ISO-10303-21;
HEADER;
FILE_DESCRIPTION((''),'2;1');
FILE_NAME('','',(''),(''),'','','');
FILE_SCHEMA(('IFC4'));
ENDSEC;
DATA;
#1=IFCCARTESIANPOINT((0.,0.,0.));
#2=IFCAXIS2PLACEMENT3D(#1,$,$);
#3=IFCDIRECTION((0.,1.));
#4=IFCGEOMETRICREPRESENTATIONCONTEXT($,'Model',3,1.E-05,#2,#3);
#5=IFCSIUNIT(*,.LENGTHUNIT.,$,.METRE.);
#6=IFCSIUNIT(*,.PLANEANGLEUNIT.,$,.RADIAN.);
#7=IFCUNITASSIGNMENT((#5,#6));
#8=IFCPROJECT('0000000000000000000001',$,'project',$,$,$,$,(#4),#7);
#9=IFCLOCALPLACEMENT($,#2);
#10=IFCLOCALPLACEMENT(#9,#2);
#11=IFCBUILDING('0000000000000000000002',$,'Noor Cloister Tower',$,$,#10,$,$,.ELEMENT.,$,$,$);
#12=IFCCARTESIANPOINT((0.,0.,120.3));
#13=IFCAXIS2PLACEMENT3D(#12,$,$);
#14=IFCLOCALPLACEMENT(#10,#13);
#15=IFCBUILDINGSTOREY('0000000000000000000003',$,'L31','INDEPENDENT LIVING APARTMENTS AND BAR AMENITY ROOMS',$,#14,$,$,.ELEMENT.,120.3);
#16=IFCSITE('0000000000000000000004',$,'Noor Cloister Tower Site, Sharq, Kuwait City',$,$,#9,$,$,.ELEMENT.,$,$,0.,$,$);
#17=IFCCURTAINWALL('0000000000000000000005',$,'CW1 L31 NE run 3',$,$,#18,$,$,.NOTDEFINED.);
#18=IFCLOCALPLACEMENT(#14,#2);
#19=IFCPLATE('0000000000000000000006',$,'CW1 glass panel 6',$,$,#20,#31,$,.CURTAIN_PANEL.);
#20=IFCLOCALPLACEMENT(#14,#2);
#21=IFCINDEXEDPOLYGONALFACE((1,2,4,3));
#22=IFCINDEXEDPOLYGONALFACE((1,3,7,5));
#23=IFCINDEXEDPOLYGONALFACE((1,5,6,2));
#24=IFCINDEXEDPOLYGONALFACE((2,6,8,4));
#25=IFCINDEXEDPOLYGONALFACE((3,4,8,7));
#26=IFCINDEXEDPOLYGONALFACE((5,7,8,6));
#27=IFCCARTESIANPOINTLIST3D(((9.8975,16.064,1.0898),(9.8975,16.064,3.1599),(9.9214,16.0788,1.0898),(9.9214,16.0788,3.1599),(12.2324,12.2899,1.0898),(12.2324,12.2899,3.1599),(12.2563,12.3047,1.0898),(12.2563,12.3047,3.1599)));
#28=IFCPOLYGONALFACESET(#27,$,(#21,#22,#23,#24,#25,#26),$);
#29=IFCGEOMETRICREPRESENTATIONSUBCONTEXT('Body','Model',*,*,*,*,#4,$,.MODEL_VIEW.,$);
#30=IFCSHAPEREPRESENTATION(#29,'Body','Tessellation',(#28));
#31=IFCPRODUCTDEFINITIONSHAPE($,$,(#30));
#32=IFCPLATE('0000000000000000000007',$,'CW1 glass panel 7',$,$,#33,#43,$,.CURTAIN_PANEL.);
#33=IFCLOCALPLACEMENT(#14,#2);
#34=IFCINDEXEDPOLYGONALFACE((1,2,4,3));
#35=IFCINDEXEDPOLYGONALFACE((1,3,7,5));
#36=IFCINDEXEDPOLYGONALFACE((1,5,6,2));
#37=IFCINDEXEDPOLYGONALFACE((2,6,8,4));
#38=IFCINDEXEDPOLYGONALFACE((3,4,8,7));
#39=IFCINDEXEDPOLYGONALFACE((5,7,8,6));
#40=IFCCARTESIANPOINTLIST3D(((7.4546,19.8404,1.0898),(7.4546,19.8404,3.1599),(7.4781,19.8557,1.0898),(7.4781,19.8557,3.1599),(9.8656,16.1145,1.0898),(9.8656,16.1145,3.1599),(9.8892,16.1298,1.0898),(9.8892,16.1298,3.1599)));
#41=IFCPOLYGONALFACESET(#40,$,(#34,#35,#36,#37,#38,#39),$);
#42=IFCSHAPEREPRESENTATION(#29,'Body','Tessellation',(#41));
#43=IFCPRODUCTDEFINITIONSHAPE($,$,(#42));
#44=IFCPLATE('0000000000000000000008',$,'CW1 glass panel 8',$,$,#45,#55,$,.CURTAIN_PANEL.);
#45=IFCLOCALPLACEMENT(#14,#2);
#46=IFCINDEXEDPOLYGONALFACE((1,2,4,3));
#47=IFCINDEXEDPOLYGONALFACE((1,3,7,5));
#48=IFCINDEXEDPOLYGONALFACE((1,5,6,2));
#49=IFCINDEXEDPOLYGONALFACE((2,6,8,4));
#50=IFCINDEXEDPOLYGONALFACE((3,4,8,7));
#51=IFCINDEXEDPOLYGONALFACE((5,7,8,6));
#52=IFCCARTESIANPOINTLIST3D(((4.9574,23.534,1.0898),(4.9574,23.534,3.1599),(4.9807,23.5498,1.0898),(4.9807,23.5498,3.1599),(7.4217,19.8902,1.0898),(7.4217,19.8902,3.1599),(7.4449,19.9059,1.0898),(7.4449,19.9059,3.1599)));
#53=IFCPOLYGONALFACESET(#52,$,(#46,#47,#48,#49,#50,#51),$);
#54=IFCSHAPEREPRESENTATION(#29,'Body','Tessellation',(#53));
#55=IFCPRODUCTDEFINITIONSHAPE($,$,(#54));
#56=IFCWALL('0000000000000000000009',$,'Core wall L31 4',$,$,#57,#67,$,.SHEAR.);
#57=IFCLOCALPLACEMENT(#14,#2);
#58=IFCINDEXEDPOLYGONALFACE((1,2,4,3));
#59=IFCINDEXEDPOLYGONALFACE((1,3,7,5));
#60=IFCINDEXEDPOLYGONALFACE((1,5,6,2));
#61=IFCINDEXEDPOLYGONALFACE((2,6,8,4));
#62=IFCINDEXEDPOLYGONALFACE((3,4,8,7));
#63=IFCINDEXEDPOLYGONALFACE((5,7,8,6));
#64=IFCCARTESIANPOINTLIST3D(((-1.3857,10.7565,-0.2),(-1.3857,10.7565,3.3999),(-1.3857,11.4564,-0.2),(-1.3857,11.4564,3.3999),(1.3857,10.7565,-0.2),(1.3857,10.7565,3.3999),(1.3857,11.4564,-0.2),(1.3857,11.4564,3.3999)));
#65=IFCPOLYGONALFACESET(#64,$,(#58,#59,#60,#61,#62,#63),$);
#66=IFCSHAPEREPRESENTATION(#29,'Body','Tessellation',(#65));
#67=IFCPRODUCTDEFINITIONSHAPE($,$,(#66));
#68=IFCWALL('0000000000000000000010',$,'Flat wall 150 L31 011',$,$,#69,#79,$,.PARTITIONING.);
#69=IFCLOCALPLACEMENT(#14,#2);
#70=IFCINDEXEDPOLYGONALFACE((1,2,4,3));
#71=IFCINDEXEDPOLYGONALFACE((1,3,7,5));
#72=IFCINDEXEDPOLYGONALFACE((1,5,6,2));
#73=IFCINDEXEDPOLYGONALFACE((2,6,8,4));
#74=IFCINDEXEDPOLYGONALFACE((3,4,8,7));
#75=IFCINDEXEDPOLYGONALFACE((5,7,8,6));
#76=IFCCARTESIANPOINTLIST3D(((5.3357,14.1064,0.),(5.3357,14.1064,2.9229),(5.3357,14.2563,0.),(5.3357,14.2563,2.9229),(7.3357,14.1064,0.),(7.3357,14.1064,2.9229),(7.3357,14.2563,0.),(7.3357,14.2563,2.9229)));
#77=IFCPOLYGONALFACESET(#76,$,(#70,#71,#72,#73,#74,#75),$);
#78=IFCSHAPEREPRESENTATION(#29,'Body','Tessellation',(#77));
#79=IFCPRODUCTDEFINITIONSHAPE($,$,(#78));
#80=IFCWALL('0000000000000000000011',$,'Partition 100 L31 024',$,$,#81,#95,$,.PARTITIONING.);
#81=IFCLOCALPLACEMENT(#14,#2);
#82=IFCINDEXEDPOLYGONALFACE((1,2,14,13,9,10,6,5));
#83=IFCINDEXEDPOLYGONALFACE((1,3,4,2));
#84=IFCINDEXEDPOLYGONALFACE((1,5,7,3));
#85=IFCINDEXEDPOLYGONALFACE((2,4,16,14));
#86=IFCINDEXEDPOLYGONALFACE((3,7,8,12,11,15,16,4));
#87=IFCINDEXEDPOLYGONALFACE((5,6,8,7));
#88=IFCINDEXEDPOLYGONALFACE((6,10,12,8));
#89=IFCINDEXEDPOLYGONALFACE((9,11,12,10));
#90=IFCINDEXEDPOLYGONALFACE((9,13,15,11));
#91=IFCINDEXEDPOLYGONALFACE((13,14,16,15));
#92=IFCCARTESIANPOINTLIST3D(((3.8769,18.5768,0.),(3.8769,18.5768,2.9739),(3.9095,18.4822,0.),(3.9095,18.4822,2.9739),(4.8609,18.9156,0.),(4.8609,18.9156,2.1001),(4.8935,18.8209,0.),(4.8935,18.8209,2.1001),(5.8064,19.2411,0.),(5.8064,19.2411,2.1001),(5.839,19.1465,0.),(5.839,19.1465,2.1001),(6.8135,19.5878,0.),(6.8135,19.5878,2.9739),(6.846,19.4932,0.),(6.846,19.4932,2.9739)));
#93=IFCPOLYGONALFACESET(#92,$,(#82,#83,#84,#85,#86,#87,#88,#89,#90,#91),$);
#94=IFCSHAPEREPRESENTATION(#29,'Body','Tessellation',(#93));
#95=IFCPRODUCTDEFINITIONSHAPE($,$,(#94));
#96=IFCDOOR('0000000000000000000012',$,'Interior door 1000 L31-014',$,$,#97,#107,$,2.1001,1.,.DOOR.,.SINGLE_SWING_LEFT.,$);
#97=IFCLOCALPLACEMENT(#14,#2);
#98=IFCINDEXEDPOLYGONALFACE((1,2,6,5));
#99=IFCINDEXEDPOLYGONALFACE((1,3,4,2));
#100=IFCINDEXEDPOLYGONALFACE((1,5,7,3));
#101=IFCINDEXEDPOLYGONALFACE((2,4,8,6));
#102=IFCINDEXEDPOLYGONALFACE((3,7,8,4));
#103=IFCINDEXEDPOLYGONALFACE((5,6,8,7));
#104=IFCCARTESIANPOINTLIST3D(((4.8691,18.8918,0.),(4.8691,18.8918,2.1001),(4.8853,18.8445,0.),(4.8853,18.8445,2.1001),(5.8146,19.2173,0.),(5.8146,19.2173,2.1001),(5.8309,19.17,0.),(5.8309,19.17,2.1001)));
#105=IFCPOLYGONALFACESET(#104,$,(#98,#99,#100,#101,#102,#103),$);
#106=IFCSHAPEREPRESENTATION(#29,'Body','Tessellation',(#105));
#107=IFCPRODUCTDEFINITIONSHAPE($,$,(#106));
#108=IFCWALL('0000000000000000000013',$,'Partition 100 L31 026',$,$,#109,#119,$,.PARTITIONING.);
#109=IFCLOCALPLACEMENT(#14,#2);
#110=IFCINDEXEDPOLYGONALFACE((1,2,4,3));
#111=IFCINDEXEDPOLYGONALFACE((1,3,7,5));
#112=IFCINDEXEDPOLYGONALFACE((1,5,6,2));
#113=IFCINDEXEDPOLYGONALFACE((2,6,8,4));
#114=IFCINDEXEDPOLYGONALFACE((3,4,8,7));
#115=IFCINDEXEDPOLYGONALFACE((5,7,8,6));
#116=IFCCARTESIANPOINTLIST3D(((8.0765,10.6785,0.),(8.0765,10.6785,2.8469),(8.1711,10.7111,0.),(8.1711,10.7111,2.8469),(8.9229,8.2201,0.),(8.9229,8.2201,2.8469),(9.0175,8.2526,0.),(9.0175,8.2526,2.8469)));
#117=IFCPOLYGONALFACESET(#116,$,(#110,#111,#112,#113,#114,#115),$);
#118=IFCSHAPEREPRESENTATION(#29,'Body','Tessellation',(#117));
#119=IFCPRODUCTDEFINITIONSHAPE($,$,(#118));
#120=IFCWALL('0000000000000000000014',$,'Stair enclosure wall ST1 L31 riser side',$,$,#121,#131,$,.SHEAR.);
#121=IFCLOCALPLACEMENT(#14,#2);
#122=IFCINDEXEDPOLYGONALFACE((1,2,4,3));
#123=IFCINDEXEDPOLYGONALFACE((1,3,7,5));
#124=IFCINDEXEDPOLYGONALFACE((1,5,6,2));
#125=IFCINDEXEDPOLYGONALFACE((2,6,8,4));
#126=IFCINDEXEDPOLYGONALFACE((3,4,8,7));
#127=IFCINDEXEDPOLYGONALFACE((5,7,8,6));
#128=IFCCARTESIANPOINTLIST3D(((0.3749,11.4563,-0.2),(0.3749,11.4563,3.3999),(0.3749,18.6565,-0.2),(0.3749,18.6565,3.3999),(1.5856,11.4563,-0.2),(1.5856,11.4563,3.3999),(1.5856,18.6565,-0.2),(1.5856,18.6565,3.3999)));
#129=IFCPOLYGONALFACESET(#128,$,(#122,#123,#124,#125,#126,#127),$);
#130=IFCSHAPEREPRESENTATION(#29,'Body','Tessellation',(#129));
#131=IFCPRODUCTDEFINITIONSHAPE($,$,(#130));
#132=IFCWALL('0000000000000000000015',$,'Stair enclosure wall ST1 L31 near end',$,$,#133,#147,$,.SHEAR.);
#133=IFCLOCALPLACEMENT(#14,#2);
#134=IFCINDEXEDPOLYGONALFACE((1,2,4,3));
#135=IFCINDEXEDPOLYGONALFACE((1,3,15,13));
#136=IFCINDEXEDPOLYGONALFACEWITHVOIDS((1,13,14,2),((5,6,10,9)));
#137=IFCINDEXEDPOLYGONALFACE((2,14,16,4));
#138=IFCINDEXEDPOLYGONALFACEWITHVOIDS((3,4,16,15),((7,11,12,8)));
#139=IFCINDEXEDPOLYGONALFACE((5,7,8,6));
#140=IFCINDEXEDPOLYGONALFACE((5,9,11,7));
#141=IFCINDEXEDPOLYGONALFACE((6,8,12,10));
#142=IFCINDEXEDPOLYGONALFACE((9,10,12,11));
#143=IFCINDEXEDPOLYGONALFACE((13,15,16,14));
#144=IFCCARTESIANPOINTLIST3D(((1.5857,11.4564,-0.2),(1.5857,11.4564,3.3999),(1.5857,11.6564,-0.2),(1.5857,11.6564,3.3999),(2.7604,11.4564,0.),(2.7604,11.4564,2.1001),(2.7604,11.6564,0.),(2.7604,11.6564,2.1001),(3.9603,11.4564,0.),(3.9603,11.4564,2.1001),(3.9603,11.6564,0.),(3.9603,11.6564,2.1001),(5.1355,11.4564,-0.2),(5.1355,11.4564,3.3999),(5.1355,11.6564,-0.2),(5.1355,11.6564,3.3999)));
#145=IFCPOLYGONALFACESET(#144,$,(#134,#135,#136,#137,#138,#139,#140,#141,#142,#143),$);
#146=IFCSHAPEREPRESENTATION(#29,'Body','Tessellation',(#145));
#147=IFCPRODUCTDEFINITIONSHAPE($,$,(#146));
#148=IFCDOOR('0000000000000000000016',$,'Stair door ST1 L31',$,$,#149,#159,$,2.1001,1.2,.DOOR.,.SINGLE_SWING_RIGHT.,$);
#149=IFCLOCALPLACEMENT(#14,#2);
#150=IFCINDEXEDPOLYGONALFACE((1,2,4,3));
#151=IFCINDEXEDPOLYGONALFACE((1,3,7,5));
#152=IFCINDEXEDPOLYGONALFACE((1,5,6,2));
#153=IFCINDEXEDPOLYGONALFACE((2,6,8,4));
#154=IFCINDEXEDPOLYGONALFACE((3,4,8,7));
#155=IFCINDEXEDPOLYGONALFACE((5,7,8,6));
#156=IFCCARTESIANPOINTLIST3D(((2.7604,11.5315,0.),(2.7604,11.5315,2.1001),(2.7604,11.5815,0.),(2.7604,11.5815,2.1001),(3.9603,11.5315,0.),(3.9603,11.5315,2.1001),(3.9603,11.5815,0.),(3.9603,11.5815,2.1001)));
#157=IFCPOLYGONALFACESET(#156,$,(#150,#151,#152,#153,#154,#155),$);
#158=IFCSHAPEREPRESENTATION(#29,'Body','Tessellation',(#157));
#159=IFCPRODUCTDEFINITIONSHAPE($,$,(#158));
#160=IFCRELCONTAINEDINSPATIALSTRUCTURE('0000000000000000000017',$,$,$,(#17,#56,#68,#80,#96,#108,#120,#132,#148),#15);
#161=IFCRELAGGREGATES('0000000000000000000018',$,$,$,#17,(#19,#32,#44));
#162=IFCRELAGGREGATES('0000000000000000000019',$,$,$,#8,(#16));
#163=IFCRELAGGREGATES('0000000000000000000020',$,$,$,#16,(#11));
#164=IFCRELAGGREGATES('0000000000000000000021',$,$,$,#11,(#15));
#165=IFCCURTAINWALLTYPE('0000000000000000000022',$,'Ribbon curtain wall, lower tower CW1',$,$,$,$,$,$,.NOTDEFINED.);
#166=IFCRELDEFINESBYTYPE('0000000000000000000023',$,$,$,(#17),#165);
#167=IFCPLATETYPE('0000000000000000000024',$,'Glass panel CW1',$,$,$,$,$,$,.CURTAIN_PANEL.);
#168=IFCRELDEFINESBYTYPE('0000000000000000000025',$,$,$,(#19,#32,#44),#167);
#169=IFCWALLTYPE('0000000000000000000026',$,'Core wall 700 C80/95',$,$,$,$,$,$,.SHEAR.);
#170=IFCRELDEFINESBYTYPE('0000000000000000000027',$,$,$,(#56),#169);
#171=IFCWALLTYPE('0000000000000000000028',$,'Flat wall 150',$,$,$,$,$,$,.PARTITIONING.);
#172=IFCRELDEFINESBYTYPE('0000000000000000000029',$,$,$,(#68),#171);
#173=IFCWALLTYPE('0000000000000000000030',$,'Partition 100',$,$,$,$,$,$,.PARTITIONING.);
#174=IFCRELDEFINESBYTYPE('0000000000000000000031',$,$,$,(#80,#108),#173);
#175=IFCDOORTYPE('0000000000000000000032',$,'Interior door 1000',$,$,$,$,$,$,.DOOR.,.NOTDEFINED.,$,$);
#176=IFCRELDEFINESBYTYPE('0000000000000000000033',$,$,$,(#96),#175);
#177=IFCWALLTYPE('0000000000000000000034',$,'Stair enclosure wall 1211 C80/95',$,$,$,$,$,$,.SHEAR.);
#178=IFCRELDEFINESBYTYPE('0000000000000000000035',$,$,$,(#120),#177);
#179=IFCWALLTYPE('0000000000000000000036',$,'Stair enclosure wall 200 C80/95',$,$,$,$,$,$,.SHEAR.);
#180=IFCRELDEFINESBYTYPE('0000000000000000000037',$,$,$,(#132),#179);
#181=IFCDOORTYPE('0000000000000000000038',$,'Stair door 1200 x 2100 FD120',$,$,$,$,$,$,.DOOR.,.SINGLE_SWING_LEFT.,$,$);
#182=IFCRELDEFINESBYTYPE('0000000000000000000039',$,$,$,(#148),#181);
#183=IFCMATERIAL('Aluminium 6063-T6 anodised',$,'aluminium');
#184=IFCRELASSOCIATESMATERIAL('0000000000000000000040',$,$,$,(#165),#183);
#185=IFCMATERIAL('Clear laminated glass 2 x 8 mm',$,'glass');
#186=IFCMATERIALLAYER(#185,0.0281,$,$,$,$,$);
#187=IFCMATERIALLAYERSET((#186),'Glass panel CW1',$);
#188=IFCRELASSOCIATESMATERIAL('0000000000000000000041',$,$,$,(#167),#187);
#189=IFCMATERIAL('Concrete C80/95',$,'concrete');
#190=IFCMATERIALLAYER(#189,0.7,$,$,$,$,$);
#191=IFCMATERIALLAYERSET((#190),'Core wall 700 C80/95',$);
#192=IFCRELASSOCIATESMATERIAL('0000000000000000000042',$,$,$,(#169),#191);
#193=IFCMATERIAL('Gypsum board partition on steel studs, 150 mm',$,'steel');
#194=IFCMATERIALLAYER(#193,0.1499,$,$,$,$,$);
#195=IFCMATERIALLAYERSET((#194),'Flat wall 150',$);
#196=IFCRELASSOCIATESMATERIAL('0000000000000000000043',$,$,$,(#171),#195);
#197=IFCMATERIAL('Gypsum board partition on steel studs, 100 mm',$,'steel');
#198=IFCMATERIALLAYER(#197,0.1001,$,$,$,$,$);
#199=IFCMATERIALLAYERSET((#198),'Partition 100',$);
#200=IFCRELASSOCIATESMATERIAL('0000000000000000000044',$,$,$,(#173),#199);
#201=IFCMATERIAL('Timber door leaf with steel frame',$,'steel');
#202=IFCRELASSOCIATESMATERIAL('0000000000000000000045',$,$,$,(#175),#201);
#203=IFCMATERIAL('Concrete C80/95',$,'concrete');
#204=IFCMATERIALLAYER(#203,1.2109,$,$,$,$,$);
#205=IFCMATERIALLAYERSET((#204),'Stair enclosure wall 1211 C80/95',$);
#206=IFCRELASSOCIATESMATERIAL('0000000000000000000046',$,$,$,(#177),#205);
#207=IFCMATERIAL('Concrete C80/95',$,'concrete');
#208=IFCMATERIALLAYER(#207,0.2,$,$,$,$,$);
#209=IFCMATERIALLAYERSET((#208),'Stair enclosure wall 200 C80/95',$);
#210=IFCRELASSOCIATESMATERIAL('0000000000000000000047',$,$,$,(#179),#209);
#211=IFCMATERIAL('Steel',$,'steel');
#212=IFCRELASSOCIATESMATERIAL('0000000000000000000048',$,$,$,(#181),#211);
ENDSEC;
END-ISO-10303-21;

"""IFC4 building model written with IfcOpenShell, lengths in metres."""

from ifc_helpers import new_model, si_unit, direction, frame, frame_2d, origin, origin_2d, place, context, subcontext, project, spatial, rectangle, extrude, material, layer, layer_set, type_object, element, fill, aggregate, save


model = new_model("IFC4")

# Units and contexts
model_context = context("Model", 3, precision=1e-05, world=origin(), true_north=direction((0.0, 1.0)))
body_context = subcontext(model_context, "Body", "Model", "MODEL_VIEW")
ifc_project = project(units=[si_unit("LENGTHUNIT", "METRE"), si_unit("PLANEANGLEUNIT", "RADIAN")], contexts=[model_context])

# Site, building, storey
site_placement = place(None, origin())
site = spatial("IfcSite", under=ifc_project, at=site_placement, Name="Noor Cloister Tower Site, Sharq, Kuwait City", CompositionType="ELEMENT", RefElevation=0.0)
building_placement = place(site_placement, origin())
building = spatial("IfcBuilding", under=site, at=building_placement, Name="Noor Cloister Tower", CompositionType="ELEMENT")
storey_placement = place(building_placement, frame((0.0, 0.0, 120.3)))
storey = spatial("IfcBuildingStorey", under=building, at=storey_placement, Name="L31", Description="INDEPENDENT LIVING APARTMENTS AND BAR AMENITY ROOMS", CompositionType="ELEMENT", Elevation=120.3)

# Curtain wall
ifc_material_1 = material(Name="Aluminium 6063-T6 anodised", Category="aluminium")
curtain_wall_type = type_object("IfcCurtainWallType", Name="Ribbon curtain wall, lower tower CW1", PredefinedType="NOTDEFINED", material=ifc_material_1)
curtain_wall_placement = place(storey_placement, origin())
curtain_wall = element("IfcCurtainWall", 1, at=curtain_wall_placement, inside=storey, type_object=curtain_wall_type, Name="CW1 L31 NE run 3", PredefinedType="NOTDEFINED")

# Plates
ifc_material_2 = material(Name="Clear laminated glass 2 x 8 mm", Category="glass")
ifc_layer_1 = layer(ifc_material_2, 0.0281)
ifc_layer_set_1 = layer_set([ifc_layer_1], Name="Glass panel CW1")
plate_type = type_object("IfcPlateType", Name="Glass panel CW1", PredefinedType="CURTAIN_PANEL", material=ifc_layer_set_1)
plate_1_placement = place(storey_placement, frame((11.0769, 14.1843, 1.0898), z_axis=(0.0, 0.0, 1.0), x_axis=(-0.526128, 0.850405, 0.0)))
plate_1 = element("IfcPlate", 2, at=plate_1_placement, type_object=plate_type, Name="CW1 glass panel 6", PredefinedType="CURTAIN_PANEL", context=body_context, shape_type="SweptSolid", body=[
    extrude(rectangle(XDim=4.438, YDim=0.0281, at=origin_2d()), origin(), (0.0, 0.0, 1.0), 2.0701),
])
plate_2_placement = place(storey_placement, frame((8.6719, 17.9851, 1.0898), z_axis=(0.0, 0.0, 1.0), x_axis=(-0.543277, 0.839553, 0.0)))
plate_2 = element("IfcPlate", 3, at=plate_2_placement, type_object=plate_type, Name="CW1 glass panel 7", PredefinedType="CURTAIN_PANEL", context=body_context, shape_type="SweptSolid", body=[
    extrude(rectangle(XDim=4.438, YDim=0.0281, at=origin_2d()), origin(), (0.0, 0.0, 1.0), 2.0701),
])
plate_3_placement = place(storey_placement, frame((6.2012, 21.72, 1.0898), z_axis=(0.0, 0.0, 1.0), x_axis=(-0.560203, 0.828356, 0.0)))
plate_3 = element("IfcPlate", 4, at=plate_3_placement, type_object=plate_type, Name="CW1 glass panel 8", PredefinedType="CURTAIN_PANEL", context=body_context, shape_type="SweptSolid", body=[
    extrude(rectangle(XDim=4.3989, YDim=0.0281, at=origin_2d()), origin(), (0.0, 0.0, 1.0), 2.0701),
])
aggregate(curtain_wall, [plate_1, plate_2, plate_3])

# Walls
ifc_material_3 = material(Name="Concrete C80/95", Category="concrete")
ifc_layer_2 = layer(ifc_material_3, 0.7)
ifc_layer_set_2 = layer_set([ifc_layer_2], Name="Core wall 700 C80/95")
wall_type_1 = type_object("IfcWallType", Name="Core wall 700 C80/95", PredefinedType="SHEAR", material=ifc_layer_set_2)
wall_1_placement = place(storey_placement, frame((1.3857, 11.1064, -0.2), z_axis=(0.0, 0.0, 1.0), x_axis=(-1.0, 0.0, 0.0)))
element("IfcWall", 5, at=wall_1_placement, inside=storey, type_object=wall_type_1, Name="Core wall L31 4", PredefinedType="SHEAR", context=body_context, shape_type="SweptSolid", body=[
    extrude(rectangle(XDim=2.7715, YDim=0.7, at=frame_2d((1.3857, 0.0))), origin(), (0.0, 0.0, 1.0), 3.5999),
])
ifc_material_4 = material(Name="Gypsum board partition on steel studs, 150 mm", Category="steel")
ifc_layer_3 = layer(ifc_material_4, 0.1499)
ifc_layer_set_3 = layer_set([ifc_layer_3], Name="Flat wall 150")
wall_type_2 = type_object("IfcWallType", Name="Flat wall 150", PredefinedType="PARTITIONING", material=ifc_layer_set_3)
wall_2_placement = place(storey_placement, frame((5.3357, 14.1814, 0.0), z_axis=(0.0, 0.0, 1.0), x_axis=(1.0, 0.0, 0.0)))
element("IfcWall", 6, at=wall_2_placement, inside=storey, type_object=wall_type_2, Name="Flat wall 150 L31 011", PredefinedType="PARTITIONING", context=body_context, shape_type="SweptSolid", body=[
    extrude(rectangle(XDim=2.0, YDim=0.1499, at=frame_2d((1.0, 0.0))), origin(), (0.0, 0.0, 1.0), 2.9229),
])

# Wall, opening, door
ifc_material_5 = material(Name="Gypsum board partition on steel studs, 100 mm", Category="steel")
ifc_layer_4 = layer(ifc_material_5, 0.1001)
ifc_layer_set_4 = layer_set([ifc_layer_4], Name="Partition 100")
wall_type_3 = type_object("IfcWallType", Name="Partition 100", PredefinedType="PARTITIONING", material=ifc_layer_set_4)
wall_3_placement = place(storey_placement, frame((3.8933, 18.5295, 0.0), z_axis=(0.0, 0.0, 1.0), x_axis=(0.945532, 0.325528, 0.0)))
wall_3 = element("IfcWall", 7, at=wall_3_placement, inside=storey, type_object=wall_type_3, Name="Partition 100 L31 024", PredefinedType="PARTITIONING", context=body_context, shape_type="SweptSolid", body=[
    extrude(rectangle(XDim=3.1057, YDim=0.1001, at=frame_2d((1.5527, 0.0))), origin(), (0.0, 0.0, 1.0), 2.9739),
])
opening_1_placement = place(wall_3_placement, frame((1.0405, 0.0, 0.0)))
opening_1 = element("IfcOpeningElement", 8, at=opening_1_placement, cuts=wall_3, PredefinedType="OPENING", context=body_context, shape_type="SweptSolid", body=[
    extrude(rectangle(XDim=1.0, YDim=2.1001, at=frame_2d((0.5, 1.05))), frame((0.0, 0.0601, 0.0), z_axis=(0.0, -1.0, 0.0), x_axis=(1.0, 0.0, 0.0)), (0.0, 0.0, 1.0), 0.1201),
])
ifc_material_6 = material(Name="Timber door leaf with steel frame", Category="steel")
door_type_1 = type_object("IfcDoorType", Name="Interior door 1000", OperationType="NOTDEFINED", PredefinedType="DOOR", material=ifc_material_6)
door_1_placement = place(opening_1_placement, origin())
door_1 = element("IfcDoor", 9, at=door_1_placement, inside=storey, type_object=door_type_1, Name="Interior door 1000 L31-014", OperationType="SINGLE_SWING_LEFT", OverallHeight=2.1001, OverallWidth=1.0, PredefinedType="DOOR", context=body_context, shape_type="SweptSolid", body=[
    extrude(rectangle(XDim=1.0, YDim=2.1001, at=frame_2d((0.5, 1.05))), frame((0.0, 0.0249, 0.0), z_axis=(0.0, -1.0, 0.0), x_axis=(1.0, 0.0, 0.0)), (0.0, 0.0, 1.0), 0.05),
])
fill(opening_1, door_1)

# Walls
wall_4_placement = place(storey_placement, frame((8.1238, 10.6948, 0.0), z_axis=(0.0, 0.0, 1.0), x_axis=(0.325536, -0.94553, 0.0)))
element("IfcWall", 10, at=wall_4_placement, inside=storey, type_object=wall_type_3, Name="Partition 100 L31 026", PredefinedType="PARTITIONING", context=body_context, shape_type="SweptSolid", body=[
    extrude(rectangle(XDim=2.6001, YDim=0.1001, at=frame_2d((1.3, 0.0))), origin(), (0.0, 0.0, 1.0), 2.8469),
])
ifc_material_7 = material(Name="Concrete C80/95", Category="concrete")
ifc_layer_5 = layer(ifc_material_7, 1.2109)
ifc_layer_set_5 = layer_set([ifc_layer_5], Name="Stair enclosure wall 1211 C80/95")
wall_type_4 = type_object("IfcWallType", Name="Stair enclosure wall 1211 C80/95", PredefinedType="SHEAR", material=ifc_layer_set_5)
wall_5_placement = place(storey_placement, frame((0.9802, 11.4563, -0.2), z_axis=(0.0, 0.0, 1.0), x_axis=(0.0, 1.0, 0.0)))
element("IfcWall", 11, at=wall_5_placement, inside=storey, type_object=wall_type_4, Name="Stair enclosure wall ST1 L31 riser side", PredefinedType="SHEAR", context=body_context, shape_type="SweptSolid", body=[
    extrude(rectangle(XDim=7.2002, YDim=1.2107, at=frame_2d((3.6001, 0.0))), origin(), (0.0, 0.0, 1.0), 3.5999),
])

# Wall, opening, door
ifc_material_8 = material(Name="Concrete C80/95", Category="concrete")
ifc_layer_6 = layer(ifc_material_8, 0.2)
ifc_layer_set_6 = layer_set([ifc_layer_6], Name="Stair enclosure wall 200 C80/95")
wall_type_5 = type_object("IfcWallType", Name="Stair enclosure wall 200 C80/95", PredefinedType="SHEAR", material=ifc_layer_set_6)
wall_6_placement = place(storey_placement, frame((5.1355, 11.5564, -0.2), z_axis=(0.0, 0.0, 1.0), x_axis=(-1.0, 0.0, 0.0)))
wall_6 = element("IfcWall", 12, at=wall_6_placement, inside=storey, type_object=wall_type_5, Name="Stair enclosure wall ST1 L31 near end", PredefinedType="SHEAR", context=body_context, shape_type="SweptSolid", body=[
    extrude(rectangle(XDim=3.5498, YDim=0.2, at=frame_2d((1.7749, 0.0))), origin(), (0.0, 0.0, 1.0), 3.5999),
])
opening_2_placement = place(wall_6_placement, frame((1.175, 0.0, 0.2)))
opening_2 = element("IfcOpeningElement", 13, at=opening_2_placement, cuts=wall_6, PredefinedType="OPENING", context=body_context, shape_type="SweptSolid", body=[
    extrude(rectangle(XDim=1.2, YDim=2.1001, at=frame_2d((0.6001, 1.05))), frame((0.0, 0.1099, 0.0), z_axis=(0.0, -1.0, 0.0), x_axis=(1.0, 0.0, 0.0)), (0.0, 0.0, 1.0), 0.22),
])
ifc_material_9 = material(Name="Steel", Category="steel")
door_type_2 = type_object("IfcDoorType", Name="Stair door 1200 x 2100 FD120", OperationType="SINGLE_SWING_LEFT", PredefinedType="DOOR", material=ifc_material_9)
door_2_placement = place(opening_2_placement, origin())
door_2 = element("IfcDoor", 14, at=door_2_placement, inside=storey, type_object=door_type_2, Name="Stair door ST1 L31", OperationType="SINGLE_SWING_RIGHT", OverallHeight=2.1001, OverallWidth=1.2, PredefinedType="DOOR", context=body_context, shape_type="SweptSolid", body=[
    extrude(rectangle(XDim=1.2, YDim=2.1001, at=frame_2d((0.6001, 1.05))), frame((0.0, 0.0249, 0.0), z_axis=(0.0, -1.0, 0.0), x_axis=(1.0, 0.0, 0.0)), (0.0, 0.0, 1.0), 0.05),
])
fill(opening_2, door_2)

save(model, "model.ifc")
